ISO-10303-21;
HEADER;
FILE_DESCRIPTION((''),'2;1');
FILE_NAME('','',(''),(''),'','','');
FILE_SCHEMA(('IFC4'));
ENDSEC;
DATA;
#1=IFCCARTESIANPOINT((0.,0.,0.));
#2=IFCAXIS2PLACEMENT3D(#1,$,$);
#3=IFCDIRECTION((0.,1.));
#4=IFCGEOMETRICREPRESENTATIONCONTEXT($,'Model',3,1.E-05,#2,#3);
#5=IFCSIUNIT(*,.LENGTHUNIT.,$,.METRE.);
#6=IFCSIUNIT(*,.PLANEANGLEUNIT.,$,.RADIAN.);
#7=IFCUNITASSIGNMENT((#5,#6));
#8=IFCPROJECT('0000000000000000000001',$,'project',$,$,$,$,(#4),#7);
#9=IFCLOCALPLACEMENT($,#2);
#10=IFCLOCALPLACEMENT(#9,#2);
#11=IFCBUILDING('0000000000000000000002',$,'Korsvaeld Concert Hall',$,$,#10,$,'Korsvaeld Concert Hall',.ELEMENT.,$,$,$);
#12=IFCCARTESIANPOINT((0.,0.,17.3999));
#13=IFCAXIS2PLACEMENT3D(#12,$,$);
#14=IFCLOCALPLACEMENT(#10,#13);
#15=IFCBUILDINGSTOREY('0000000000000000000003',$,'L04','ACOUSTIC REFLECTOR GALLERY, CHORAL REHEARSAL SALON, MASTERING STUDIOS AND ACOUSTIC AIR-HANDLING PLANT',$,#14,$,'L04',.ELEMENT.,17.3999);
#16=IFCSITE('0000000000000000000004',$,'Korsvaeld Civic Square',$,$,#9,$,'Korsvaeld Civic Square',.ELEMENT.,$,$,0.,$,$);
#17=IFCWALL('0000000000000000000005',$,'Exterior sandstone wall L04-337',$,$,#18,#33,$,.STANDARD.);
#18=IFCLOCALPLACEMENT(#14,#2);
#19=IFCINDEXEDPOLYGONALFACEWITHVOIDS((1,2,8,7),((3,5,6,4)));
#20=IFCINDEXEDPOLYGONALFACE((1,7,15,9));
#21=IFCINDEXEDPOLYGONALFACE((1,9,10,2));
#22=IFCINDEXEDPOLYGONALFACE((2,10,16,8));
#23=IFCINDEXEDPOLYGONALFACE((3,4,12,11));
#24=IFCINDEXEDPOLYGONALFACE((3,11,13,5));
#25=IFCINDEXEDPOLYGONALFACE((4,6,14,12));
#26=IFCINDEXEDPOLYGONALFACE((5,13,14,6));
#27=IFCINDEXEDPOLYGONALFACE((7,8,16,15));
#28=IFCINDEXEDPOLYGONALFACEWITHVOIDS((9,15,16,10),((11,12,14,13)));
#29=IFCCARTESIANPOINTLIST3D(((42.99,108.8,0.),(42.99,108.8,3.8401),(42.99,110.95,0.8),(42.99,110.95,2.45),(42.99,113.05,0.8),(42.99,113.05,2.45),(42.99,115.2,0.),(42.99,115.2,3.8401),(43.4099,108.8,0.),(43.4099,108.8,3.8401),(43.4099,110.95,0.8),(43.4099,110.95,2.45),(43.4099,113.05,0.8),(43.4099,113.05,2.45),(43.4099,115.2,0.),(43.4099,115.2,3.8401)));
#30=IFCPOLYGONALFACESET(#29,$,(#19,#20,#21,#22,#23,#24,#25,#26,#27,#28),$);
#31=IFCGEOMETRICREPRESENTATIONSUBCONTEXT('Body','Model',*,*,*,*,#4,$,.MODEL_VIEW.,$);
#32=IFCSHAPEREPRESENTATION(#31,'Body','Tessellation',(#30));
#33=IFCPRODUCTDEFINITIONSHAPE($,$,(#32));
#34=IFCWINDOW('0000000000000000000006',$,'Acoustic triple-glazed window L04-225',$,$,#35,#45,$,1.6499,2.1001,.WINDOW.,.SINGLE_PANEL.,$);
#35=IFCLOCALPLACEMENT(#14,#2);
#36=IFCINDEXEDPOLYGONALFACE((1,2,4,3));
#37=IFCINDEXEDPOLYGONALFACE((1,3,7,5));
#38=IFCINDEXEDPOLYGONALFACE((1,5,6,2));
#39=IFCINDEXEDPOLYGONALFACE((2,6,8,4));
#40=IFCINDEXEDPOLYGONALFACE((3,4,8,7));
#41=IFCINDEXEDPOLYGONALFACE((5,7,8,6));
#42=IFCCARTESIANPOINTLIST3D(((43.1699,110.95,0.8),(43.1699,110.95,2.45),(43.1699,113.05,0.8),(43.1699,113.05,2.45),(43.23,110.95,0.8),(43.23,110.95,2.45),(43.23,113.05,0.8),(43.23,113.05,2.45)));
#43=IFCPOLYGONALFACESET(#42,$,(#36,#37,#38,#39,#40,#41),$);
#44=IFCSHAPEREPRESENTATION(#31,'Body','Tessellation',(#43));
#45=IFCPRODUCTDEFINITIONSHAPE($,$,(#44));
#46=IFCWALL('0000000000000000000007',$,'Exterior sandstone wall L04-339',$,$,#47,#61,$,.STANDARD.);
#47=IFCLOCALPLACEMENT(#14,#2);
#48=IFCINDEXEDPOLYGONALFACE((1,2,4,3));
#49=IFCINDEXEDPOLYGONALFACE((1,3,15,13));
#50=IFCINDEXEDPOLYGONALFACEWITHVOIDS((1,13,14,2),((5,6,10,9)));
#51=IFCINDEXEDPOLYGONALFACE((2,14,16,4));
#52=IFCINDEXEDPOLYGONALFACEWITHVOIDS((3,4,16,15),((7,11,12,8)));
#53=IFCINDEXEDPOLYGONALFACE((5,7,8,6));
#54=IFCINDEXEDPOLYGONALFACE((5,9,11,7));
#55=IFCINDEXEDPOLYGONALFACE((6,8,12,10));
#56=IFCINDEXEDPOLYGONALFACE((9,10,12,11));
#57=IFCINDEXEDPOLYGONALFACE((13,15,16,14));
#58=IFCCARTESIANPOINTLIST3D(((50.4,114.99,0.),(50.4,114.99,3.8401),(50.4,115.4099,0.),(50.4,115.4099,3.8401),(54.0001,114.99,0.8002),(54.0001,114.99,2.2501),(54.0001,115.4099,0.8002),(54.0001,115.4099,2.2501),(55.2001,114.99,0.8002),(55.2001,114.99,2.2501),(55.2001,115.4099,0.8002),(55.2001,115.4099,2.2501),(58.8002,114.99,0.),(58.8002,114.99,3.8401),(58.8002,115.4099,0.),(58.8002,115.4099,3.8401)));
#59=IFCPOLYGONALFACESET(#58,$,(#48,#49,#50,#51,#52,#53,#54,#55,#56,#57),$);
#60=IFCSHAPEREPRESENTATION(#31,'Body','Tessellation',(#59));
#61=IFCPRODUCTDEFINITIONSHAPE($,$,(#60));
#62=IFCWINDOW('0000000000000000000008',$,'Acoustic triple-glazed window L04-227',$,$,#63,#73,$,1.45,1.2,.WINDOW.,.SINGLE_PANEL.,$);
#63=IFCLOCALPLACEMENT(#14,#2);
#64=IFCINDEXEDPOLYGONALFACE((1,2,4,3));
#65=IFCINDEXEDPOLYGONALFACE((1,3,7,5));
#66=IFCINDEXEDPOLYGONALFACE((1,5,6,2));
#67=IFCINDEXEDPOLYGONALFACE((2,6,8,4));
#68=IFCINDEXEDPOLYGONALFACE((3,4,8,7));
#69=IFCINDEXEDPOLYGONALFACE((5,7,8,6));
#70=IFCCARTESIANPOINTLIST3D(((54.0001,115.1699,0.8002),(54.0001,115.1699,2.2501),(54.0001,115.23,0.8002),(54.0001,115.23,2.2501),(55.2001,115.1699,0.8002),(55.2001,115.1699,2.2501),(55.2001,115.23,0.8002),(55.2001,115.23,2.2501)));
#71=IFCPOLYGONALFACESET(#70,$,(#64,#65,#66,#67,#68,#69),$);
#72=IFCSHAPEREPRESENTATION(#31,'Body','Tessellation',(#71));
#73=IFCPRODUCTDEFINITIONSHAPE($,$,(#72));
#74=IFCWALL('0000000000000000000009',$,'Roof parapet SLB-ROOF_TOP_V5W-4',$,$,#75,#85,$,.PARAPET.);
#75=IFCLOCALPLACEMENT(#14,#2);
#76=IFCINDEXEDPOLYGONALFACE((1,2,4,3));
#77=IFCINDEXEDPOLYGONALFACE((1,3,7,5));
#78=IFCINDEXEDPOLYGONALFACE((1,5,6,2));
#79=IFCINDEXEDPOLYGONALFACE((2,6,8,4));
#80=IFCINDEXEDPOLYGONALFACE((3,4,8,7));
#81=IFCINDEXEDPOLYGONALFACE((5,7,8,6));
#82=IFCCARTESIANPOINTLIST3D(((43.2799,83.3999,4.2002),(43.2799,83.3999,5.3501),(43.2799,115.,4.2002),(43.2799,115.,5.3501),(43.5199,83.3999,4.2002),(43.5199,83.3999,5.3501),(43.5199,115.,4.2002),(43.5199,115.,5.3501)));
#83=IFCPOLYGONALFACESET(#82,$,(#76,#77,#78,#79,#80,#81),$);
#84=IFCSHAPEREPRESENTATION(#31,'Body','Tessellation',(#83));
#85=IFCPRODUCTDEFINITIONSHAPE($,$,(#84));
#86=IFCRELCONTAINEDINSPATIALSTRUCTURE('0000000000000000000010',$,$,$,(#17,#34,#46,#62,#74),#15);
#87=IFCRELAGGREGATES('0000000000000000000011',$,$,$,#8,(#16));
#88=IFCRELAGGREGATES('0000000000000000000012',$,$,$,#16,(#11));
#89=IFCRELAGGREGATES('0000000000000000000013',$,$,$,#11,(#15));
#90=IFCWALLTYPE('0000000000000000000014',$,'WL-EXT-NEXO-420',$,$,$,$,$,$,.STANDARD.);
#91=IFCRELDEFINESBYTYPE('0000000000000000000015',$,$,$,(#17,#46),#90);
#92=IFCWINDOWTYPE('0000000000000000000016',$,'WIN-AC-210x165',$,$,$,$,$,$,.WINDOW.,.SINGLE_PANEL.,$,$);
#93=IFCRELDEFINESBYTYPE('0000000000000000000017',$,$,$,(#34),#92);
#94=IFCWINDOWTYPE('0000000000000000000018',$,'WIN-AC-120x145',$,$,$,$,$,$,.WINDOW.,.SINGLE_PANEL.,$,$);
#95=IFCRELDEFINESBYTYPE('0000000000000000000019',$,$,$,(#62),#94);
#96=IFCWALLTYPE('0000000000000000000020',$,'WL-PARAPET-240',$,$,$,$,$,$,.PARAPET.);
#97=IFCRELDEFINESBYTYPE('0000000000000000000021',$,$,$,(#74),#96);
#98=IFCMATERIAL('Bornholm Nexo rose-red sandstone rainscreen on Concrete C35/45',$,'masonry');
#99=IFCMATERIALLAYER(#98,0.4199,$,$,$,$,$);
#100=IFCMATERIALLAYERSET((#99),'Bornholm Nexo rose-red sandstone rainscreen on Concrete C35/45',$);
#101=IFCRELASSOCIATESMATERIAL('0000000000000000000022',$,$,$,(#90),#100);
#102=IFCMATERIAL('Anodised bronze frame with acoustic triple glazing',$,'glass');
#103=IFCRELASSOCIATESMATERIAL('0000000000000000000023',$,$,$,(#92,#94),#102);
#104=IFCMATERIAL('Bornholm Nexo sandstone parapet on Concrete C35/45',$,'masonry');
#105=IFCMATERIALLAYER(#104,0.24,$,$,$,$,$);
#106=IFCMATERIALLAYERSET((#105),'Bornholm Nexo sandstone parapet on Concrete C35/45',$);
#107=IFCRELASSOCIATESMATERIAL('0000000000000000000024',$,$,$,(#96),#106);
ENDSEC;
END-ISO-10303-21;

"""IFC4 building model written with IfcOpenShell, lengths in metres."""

from ifc_helpers import new_model, si_unit, direction, frame, frame_2d, origin, place, context, subcontext, project, spatial, rectangle, extrude, material, layer, layer_set, type_object, element, fill, save


model = new_model("IFC4")

# Units and contexts
model_context = context("Model", 3, precision=1e-05, world=origin(), true_north=direction((0.0, 1.0)))
body_context = subcontext(model_context, "Body", "Model", "MODEL_VIEW")
ifc_project = project(units=[si_unit("LENGTHUNIT", "METRE"), si_unit("PLANEANGLEUNIT", "RADIAN")], contexts=[model_context])

# Site, building, storey
site_placement = place(None, origin())
site = spatial("IfcSite", under=ifc_project, at=site_placement, Name="Korsvaeld Civic Square", LongName="Korsvaeld Civic Square", CompositionType="ELEMENT", RefElevation=0.0)
building_placement = place(site_placement, origin())
building = spatial("IfcBuilding", under=site, at=building_placement, Name="Korsvaeld Concert Hall", LongName="Korsvaeld Concert Hall", CompositionType="ELEMENT")
storey_placement = place(building_placement, frame((0.0, 0.0, 17.3999)))
storey = spatial("IfcBuildingStorey", under=building, at=storey_placement, Name="L04", Description="ACOUSTIC REFLECTOR GALLERY, CHORAL REHEARSAL SALON, MASTERING STUDIOS AND ACOUSTIC AIR-HANDLING PLANT", LongName="L04", CompositionType="ELEMENT", Elevation=17.3999)

# Walls, openings, windows
ifc_material_1 = material(Name="Anodised bronze frame with acoustic triple glazing", Category="glass")
ifc_material_2 = material(Name="Bornholm Nexo rose-red sandstone rainscreen on Concrete C35/45", Category="masonry")
ifc_layer_1 = layer(ifc_material_2, 0.4199)
ifc_layer_set_1 = layer_set([ifc_layer_1], Name="Bornholm Nexo rose-red sandstone rainscreen on Concrete C35/45")
wall_type_1 = type_object("IfcWallType", Name="WL-EXT-NEXO-420", PredefinedType="STANDARD", material=ifc_layer_set_1)
wall_1_placement = place(storey_placement, frame((43.2, 108.8, 0.0), z_axis=(0.0, 0.0, 1.0), x_axis=(0.0, 1.0, 0.0)))
wall_1 = element("IfcWall", 1, at=wall_1_placement, inside=storey, type_object=wall_type_1, Name="Exterior sandstone wall L04-337", PredefinedType="STANDARD", context=body_context, shape_type="SweptSolid", body=[
    extrude(rectangle(XDim=6.3999, YDim=0.4199, at=frame_2d((3.2, 0.0))), origin(), (0.0, 0.0, 1.0), 3.8401),
])
opening_1_placement = place(wall_1_placement, frame((2.1499, 0.0, 0.8)))
opening_1 = element("IfcOpeningElement", 2, at=opening_1_placement, cuts=wall_1, PredefinedType="OPENING", context=body_context, shape_type="SweptSolid", body=[
    extrude(rectangle(XDim=2.1001, YDim=1.6499, at=frame_2d((1.05, 0.825))), frame((0.0, 0.22, 0.0), z_axis=(0.0, -1.0, 0.0), x_axis=(1.0, 0.0, 0.0)), (0.0, 0.0, 1.0), 0.4399),
])
window_type_1 = type_object("IfcWindowType", Name="WIN-AC-210x165", PartitioningType="SINGLE_PANEL", PredefinedType="WINDOW", material=ifc_material_1)
window_1_placement = place(opening_1_placement, origin())
window_1 = element("IfcWindow", 3, at=window_1_placement, inside=storey, type_object=window_type_1, Name="Acoustic triple-glazed window L04-225", OverallHeight=1.6499, OverallWidth=2.1001, PartitioningType="SINGLE_PANEL", PredefinedType="WINDOW", context=body_context, shape_type="SweptSolid", body=[
    extrude(rectangle(XDim=2.1001, YDim=1.6499, at=frame_2d((1.05, 0.825))), frame((0.0, 0.03, 0.0), z_axis=(0.0, -1.0, 0.0), x_axis=(1.0, 0.0, 0.0)), (0.0, 0.0, 1.0), 0.0601),
])
fill(opening_1, window_1)
wall_2_placement = place(storey_placement, frame((50.3999, 115.2, 0.0), z_axis=(0.0, 0.0, 1.0), x_axis=(1.0, 0.0, 0.0)))
wall_2 = element("IfcWall", 4, at=wall_2_placement, inside=storey, type_object=wall_type_1, Name="Exterior sandstone wall L04-339", PredefinedType="STANDARD", context=body_context, shape_type="SweptSolid", body=[
    extrude(rectangle(XDim=8.4001, YDim=0.4199, at=frame_2d((4.2002, 0.0))), origin(), (0.0, 0.0, 1.0), 3.8401),
])
opening_2_placement = place(wall_2_placement, frame((3.6001, 0.0, 0.8)))
opening_2 = element("IfcOpeningElement", 5, at=opening_2_placement, cuts=wall_2, PredefinedType="OPENING", context=body_context, shape_type="SweptSolid", body=[
    extrude(rectangle(XDim=1.2, YDim=1.45, at=frame_2d((0.6001, 0.7251))), frame((0.0, 0.22, 0.0), z_axis=(0.0, -1.0, 0.0), x_axis=(1.0, 0.0, 0.0)), (0.0, 0.0, 1.0), 0.4399),
])
window_type_2 = type_object("IfcWindowType", Name="WIN-AC-120x145", PartitioningType="SINGLE_PANEL", PredefinedType="WINDOW", material=ifc_material_1)
window_2_placement = place(opening_2_placement, origin())
window_2 = element("IfcWindow", 6, at=window_2_placement, inside=storey, type_object=window_type_2, Name="Acoustic triple-glazed window L04-227", OverallHeight=1.45, OverallWidth=1.2, PartitioningType="SINGLE_PANEL", PredefinedType="WINDOW", context=body_context, shape_type="SweptSolid", body=[
    extrude(rectangle(XDim=1.2, YDim=1.45, at=frame_2d((0.6001, 0.7251))), frame((0.0, 0.03, 0.0), z_axis=(0.0, -1.0, 0.0), x_axis=(1.0, 0.0, 0.0)), (0.0, 0.0, 1.0), 0.0601),
])
fill(opening_2, window_2)

# Wall
ifc_material_3 = material(Name="Bornholm Nexo sandstone parapet on Concrete C35/45", Category="masonry")
ifc_layer_2 = layer(ifc_material_3, 0.24)
ifc_layer_set_2 = layer_set([ifc_layer_2], Name="Bornholm Nexo sandstone parapet on Concrete C35/45")
wall_type_2 = type_object("IfcWallType", Name="WL-PARAPET-240", PredefinedType="PARAPET", material=ifc_layer_set_2)
wall_3_placement = place(storey_placement, frame((43.3999, 115.0, 4.2002), z_axis=(0.0, 0.0, 1.0), x_axis=(0.0, -1.0, 0.0)))
element("IfcWall", 7, at=wall_3_placement, inside=storey, type_object=wall_type_2, Name="Roof parapet SLB-ROOF_TOP_V5W-4", PredefinedType="PARAPET", context=body_context, shape_type="SweptSolid", body=[
    extrude(rectangle(XDim=31.6001, YDim=0.24, at=frame_2d((15.8, 0.0))), origin(), (0.0, 0.0, 1.0), 1.1499),
])

save(model, "model.ifc")
